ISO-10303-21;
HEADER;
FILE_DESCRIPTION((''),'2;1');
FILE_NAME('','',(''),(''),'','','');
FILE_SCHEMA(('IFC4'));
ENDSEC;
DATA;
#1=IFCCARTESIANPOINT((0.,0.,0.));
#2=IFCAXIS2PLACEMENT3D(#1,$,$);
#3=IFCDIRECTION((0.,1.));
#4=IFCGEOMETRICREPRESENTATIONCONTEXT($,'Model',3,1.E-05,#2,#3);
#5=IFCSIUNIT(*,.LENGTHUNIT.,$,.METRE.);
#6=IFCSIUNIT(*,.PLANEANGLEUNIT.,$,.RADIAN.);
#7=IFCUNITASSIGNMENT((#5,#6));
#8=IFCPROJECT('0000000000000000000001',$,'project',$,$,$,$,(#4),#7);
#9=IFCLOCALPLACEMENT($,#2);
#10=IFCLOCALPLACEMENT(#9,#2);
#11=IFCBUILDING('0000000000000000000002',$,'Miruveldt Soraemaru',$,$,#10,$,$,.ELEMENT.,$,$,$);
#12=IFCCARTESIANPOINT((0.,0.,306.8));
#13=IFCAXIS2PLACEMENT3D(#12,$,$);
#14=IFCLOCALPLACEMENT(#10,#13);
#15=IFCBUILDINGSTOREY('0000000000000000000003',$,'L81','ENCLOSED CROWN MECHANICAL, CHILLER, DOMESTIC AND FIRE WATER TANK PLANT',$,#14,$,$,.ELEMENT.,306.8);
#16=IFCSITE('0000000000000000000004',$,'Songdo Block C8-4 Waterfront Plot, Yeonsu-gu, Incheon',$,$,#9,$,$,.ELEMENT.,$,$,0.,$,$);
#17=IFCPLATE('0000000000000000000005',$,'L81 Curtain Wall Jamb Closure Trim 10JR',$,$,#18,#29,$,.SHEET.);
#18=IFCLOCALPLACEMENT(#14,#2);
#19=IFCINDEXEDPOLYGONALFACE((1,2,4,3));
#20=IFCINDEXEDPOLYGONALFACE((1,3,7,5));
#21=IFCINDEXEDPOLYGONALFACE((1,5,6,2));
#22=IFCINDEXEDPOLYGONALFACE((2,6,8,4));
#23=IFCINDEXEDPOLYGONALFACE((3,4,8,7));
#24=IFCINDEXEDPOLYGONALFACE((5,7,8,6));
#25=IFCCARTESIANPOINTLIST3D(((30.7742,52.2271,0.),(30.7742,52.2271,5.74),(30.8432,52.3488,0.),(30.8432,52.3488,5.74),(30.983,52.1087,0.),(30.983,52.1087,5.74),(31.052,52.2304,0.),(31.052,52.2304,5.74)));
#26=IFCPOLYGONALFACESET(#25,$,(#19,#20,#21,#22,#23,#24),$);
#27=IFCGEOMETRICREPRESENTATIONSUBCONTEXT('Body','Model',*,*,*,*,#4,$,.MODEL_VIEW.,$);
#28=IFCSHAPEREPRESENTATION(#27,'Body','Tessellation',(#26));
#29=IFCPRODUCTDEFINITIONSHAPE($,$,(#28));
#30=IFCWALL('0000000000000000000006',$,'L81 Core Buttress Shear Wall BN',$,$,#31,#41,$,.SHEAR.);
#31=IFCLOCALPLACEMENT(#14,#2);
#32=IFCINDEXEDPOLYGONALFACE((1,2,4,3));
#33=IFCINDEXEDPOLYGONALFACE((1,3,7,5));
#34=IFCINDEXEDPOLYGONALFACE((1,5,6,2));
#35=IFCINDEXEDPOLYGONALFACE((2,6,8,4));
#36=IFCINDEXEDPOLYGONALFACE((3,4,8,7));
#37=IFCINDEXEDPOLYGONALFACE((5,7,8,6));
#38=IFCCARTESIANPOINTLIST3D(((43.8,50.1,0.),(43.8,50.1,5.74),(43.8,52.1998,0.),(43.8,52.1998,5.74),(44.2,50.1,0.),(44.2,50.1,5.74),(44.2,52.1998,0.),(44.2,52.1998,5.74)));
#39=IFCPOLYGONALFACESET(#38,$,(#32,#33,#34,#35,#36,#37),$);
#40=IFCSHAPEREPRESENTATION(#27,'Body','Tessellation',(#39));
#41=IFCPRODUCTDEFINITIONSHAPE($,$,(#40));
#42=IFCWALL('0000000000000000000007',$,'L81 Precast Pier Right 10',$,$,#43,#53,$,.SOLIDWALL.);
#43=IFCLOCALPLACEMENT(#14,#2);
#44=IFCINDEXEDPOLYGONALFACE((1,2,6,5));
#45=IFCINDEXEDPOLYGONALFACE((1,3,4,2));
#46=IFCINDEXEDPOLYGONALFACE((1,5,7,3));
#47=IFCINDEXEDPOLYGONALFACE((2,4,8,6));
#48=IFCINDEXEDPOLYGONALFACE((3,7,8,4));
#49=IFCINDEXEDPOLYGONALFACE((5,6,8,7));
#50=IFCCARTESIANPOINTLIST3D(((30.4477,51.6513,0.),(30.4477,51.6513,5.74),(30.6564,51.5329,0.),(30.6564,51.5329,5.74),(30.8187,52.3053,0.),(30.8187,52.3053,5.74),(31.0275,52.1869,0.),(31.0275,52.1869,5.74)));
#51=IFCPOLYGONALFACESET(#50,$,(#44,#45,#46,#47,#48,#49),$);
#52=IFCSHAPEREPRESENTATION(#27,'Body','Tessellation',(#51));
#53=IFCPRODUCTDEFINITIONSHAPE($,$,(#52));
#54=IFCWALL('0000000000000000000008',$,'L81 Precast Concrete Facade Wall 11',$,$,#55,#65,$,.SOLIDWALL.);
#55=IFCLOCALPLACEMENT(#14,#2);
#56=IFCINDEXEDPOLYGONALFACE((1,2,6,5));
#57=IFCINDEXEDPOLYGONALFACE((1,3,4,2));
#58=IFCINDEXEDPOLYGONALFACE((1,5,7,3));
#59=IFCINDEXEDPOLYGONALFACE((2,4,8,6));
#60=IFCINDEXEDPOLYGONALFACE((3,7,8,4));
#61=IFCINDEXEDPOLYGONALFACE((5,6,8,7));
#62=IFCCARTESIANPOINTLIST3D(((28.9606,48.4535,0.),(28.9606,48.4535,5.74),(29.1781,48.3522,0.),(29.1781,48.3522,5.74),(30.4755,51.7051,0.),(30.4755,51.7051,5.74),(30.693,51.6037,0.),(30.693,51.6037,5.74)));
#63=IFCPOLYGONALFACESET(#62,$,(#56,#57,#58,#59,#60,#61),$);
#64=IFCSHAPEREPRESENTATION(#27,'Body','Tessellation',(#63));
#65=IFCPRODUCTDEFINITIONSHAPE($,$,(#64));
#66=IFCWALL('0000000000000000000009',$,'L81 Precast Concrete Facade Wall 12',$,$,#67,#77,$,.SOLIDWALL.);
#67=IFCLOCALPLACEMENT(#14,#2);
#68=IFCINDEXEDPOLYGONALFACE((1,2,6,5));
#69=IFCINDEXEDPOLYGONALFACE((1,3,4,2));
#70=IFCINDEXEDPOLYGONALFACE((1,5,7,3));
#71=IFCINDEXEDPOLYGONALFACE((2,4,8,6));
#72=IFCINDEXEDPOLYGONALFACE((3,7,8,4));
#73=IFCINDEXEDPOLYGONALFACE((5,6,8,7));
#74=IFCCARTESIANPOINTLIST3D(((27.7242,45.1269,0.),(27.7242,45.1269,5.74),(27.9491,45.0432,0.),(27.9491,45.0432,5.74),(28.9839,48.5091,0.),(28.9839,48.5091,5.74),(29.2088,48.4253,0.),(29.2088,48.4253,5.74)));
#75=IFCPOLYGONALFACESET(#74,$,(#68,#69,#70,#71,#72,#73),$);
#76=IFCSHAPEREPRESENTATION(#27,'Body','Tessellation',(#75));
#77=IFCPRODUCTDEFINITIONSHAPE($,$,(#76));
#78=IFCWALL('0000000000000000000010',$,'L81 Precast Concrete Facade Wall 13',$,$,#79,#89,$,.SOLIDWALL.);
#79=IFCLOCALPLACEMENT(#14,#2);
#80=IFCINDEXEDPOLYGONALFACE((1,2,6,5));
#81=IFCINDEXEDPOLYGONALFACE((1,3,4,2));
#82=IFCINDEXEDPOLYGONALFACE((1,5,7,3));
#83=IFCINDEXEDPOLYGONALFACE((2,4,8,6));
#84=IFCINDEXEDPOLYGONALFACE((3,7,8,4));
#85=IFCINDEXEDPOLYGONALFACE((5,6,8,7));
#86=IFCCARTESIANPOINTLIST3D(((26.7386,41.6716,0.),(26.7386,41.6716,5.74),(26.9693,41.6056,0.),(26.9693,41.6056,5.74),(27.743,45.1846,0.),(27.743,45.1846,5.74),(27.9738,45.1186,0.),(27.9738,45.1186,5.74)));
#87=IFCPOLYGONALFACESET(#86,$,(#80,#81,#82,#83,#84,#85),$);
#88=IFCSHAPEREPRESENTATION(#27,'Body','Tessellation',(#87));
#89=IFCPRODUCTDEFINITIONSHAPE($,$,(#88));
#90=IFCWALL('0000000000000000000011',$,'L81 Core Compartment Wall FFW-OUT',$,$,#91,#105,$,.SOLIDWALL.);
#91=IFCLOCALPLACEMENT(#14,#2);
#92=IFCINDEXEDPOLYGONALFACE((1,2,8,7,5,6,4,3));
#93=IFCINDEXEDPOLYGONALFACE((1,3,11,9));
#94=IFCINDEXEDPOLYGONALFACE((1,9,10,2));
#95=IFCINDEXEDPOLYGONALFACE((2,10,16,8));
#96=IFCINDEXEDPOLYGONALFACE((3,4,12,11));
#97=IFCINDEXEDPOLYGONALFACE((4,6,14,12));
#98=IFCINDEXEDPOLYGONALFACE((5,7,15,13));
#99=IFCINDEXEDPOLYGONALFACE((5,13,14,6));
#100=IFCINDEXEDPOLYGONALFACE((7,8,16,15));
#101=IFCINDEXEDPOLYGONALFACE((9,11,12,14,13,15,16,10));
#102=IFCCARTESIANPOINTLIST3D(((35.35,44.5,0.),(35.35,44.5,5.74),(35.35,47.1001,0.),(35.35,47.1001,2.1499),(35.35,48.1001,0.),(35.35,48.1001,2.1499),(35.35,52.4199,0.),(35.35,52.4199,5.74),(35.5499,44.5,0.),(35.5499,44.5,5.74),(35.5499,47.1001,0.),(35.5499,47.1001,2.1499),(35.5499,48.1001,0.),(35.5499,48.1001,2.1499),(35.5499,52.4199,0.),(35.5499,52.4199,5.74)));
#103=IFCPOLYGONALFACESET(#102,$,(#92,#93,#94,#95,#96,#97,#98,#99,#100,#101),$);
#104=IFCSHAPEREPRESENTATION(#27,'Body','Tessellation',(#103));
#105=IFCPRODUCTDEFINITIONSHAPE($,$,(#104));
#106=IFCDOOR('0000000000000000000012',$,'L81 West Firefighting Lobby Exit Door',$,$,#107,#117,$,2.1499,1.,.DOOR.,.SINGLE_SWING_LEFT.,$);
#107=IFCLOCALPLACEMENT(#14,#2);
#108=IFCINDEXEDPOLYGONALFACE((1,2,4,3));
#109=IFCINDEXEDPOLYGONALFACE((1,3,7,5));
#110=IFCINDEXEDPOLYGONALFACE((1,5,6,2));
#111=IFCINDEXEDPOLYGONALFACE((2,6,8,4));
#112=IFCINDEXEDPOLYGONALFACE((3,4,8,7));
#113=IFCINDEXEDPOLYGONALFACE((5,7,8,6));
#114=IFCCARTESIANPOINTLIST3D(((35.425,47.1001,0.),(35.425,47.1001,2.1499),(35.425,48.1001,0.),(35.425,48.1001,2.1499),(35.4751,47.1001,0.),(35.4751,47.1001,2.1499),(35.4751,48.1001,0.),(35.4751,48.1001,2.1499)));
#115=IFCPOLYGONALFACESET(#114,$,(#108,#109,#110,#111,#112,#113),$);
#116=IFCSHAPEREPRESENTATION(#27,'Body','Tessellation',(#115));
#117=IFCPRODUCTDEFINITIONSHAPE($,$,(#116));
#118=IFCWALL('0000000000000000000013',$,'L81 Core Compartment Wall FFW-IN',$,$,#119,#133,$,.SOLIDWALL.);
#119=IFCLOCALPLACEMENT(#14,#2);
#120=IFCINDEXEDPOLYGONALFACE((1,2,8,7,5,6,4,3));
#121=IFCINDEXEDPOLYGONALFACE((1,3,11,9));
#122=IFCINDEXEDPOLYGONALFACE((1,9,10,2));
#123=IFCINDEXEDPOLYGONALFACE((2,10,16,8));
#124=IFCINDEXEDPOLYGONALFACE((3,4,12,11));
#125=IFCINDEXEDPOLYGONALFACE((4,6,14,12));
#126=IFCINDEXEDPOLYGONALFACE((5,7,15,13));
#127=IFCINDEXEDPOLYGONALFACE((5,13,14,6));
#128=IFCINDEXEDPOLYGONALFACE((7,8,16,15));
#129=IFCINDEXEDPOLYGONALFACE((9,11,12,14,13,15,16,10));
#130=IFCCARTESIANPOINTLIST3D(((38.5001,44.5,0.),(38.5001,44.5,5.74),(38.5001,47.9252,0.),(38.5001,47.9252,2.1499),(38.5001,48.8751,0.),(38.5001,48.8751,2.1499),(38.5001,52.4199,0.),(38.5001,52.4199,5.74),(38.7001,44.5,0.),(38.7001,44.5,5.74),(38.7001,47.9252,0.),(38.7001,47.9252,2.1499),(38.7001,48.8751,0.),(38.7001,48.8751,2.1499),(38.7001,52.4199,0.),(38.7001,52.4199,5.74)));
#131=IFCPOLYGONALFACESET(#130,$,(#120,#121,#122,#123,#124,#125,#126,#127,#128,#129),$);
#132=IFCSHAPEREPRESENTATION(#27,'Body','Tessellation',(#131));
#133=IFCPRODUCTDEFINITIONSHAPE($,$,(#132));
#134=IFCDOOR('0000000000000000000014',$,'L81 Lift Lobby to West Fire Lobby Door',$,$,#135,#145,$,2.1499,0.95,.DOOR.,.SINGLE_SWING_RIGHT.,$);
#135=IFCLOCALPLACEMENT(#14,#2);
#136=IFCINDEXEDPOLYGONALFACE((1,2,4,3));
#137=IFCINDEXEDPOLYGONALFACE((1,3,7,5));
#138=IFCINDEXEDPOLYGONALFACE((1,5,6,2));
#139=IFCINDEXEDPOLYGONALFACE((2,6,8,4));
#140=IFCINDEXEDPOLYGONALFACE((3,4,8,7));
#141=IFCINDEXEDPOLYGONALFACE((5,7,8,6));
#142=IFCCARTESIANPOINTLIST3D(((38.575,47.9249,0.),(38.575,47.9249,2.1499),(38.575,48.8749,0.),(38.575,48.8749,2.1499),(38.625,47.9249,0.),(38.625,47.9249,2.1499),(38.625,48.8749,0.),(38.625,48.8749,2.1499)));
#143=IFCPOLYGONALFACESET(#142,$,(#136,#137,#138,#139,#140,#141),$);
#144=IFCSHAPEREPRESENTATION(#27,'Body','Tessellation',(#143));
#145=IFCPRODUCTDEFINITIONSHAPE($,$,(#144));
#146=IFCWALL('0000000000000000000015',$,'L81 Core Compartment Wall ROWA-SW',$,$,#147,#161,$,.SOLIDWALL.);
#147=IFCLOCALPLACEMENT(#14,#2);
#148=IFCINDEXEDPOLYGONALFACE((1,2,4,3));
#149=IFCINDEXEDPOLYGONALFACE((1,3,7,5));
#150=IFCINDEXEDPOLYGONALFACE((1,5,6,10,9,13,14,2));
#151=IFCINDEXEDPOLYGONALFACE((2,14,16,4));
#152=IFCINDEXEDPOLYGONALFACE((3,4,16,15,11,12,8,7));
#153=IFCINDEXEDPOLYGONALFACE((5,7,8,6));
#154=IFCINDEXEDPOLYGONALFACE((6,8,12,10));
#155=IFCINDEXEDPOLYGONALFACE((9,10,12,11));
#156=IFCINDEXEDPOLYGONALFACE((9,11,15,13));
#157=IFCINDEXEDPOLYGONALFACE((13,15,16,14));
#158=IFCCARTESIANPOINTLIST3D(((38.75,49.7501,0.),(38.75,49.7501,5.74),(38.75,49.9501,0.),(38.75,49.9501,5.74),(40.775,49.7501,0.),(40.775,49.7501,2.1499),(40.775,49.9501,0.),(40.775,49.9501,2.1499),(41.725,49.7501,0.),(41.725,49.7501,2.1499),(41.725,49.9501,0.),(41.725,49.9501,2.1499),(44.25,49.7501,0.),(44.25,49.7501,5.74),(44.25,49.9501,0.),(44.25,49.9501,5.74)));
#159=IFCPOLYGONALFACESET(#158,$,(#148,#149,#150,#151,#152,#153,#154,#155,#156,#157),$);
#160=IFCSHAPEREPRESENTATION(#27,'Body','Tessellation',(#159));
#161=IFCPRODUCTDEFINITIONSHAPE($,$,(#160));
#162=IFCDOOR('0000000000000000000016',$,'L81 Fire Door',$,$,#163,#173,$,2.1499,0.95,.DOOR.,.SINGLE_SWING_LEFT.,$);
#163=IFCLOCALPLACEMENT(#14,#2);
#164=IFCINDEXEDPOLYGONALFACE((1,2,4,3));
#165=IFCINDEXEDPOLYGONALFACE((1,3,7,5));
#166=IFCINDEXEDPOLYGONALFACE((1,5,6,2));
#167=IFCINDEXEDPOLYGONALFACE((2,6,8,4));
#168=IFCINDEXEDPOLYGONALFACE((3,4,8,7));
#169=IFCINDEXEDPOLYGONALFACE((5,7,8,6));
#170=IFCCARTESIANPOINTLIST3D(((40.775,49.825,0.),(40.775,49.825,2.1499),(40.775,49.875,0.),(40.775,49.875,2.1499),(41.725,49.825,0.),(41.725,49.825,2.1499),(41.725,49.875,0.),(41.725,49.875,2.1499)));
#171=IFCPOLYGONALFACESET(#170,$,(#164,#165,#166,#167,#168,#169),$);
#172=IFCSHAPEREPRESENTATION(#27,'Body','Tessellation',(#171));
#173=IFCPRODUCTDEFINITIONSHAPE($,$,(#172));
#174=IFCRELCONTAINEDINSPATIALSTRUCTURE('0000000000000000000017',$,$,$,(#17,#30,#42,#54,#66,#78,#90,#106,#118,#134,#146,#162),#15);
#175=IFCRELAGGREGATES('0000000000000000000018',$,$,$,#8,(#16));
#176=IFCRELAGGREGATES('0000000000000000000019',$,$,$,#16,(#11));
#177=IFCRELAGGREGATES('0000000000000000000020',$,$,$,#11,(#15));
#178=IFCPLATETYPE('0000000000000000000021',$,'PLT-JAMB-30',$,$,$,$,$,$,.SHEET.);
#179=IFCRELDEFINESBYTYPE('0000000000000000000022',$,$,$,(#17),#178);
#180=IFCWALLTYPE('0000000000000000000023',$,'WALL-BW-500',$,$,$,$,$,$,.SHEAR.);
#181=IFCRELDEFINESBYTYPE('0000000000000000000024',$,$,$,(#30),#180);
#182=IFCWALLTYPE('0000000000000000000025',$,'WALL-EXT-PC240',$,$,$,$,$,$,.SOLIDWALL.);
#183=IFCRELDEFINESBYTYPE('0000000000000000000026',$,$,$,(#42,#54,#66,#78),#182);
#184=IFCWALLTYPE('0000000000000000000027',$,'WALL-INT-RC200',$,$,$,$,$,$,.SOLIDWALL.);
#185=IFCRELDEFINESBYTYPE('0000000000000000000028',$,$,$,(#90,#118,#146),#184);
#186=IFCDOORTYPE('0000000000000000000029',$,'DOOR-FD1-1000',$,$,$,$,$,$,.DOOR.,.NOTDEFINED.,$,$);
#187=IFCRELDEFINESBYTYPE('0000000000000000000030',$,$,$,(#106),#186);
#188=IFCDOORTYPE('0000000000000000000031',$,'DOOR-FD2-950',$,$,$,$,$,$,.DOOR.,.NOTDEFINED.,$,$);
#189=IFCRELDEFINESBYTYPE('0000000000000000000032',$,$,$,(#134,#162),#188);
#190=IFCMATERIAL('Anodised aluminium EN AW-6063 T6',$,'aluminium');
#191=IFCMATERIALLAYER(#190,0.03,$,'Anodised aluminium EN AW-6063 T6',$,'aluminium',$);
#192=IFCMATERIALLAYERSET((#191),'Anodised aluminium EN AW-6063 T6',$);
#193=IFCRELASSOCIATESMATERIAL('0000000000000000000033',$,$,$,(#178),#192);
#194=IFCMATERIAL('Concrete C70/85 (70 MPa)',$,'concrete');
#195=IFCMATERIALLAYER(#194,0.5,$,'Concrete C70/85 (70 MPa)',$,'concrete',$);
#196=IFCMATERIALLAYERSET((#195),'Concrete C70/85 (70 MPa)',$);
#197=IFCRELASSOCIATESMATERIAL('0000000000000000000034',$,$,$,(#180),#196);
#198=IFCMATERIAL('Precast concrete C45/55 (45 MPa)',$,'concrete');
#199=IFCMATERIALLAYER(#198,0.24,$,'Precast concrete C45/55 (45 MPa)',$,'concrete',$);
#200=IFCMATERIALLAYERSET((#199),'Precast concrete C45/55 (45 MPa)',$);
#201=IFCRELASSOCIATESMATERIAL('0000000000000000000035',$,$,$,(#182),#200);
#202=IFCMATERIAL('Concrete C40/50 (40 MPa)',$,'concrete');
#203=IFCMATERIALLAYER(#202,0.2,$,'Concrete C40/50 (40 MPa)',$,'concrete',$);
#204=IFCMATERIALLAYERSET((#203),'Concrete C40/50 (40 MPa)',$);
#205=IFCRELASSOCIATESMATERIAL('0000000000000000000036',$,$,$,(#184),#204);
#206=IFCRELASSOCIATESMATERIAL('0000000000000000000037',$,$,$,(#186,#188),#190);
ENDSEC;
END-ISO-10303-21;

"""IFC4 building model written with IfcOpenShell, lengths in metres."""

from ifc_helpers import new_model, si_unit, direction, frame, frame_2d, origin, origin_2d, place, context, subcontext, project, spatial, rectangle, extrude, material, layer, layer_set, type_object, element, fill, save


model = new_model("IFC4")

# Units and contexts
model_context = context("Model", 3, precision=1e-05, world=origin(), true_north=direction((0.0, 1.0)))
body_context = subcontext(model_context, "Body", "Model", "MODEL_VIEW")
ifc_project = project(units=[si_unit("LENGTHUNIT", "METRE"), si_unit("PLANEANGLEUNIT", "RADIAN")], contexts=[model_context])

# Site, building, storey
site_placement = place(None, origin())
site = spatial("IfcSite", under=ifc_project, at=site_placement, Name="Songdo Block C8-4 Waterfront Plot, Yeonsu-gu, Incheon", CompositionType="ELEMENT", RefElevation=0.0)
building_placement = place(site_placement, origin())
building = spatial("IfcBuilding", under=site, at=building_placement, Name="Miruveldt Soraemaru", CompositionType="ELEMENT")
storey_placement = place(building_placement, frame((0.0, 0.0, 306.8)))
storey = spatial("IfcBuildingStorey", under=building, at=storey_placement, Name="L81", Description="ENCLOSED CROWN MECHANICAL, CHILLER, DOMESTIC AND FIRE WATER TANK PLANT", CompositionType="ELEMENT", Elevation=306.8)

# Shared definitions
ifc_material_1 = material(Name="Concrete C40/50 (40 MPa)", Category="concrete")

# Shared definitions
ifc_material_2 = material(Name="Anodised aluminium EN AW-6063 T6", Category="aluminium")

# Plate
ifc_layer_1 = layer(ifc_material_2, 0.03, Name="Anodised aluminium EN AW-6063 T6", Category="aluminium")
ifc_layer_set_1 = layer_set([ifc_layer_1], Name="Anodised aluminium EN AW-6063 T6")
plate_type = type_object("IfcPlateType", Name="PLT-JAMB-30", PredefinedType="SHEET", material=ifc_layer_set_1)
plate_placement = place(storey_placement, frame((30.9131, 52.2288, 0.0), z_axis=(0.0, 0.0, 1.0), x_axis=(-0.493365, -0.869822, 0.0)))
element("IfcPlate", 1, at=plate_placement, inside=storey, type_object=plate_type, Name="L81 Curtain Wall Jamb Closure Trim 10JR", PredefinedType="SHEET", context=body_context, shape_type="SweptSolid", body=[
    extrude(rectangle(XDim=0.1399, YDim=0.24, at=origin_2d()), origin(), (0.0, 0.0, 1.0), 5.74),
])

# Walls
ifc_material_3 = material(Name="Concrete C70/85 (70 MPa)", Category="concrete")
ifc_layer_2 = layer(ifc_material_3, 0.5, Name="Concrete C70/85 (70 MPa)", Category="concrete")
ifc_layer_set_2 = layer_set([ifc_layer_2], Name="Concrete C70/85 (70 MPa)")
wall_type_1 = type_object("IfcWallType", Name="WALL-BW-500", PredefinedType="SHEAR", material=ifc_layer_set_2)
wall_1_placement = place(storey_placement, frame((44.0, 50.1001, 0.0), z_axis=(0.0, 0.0, 1.0), x_axis=(0.0, 1.0, 0.0)))
element("IfcWall", 2, at=wall_1_placement, inside=storey, type_object=wall_type_1, Name="L81 Core Buttress Shear Wall BN", PredefinedType="SHEAR", context=body_context, shape_type="SweptSolid", body=[
    extrude(rectangle(XDim=2.0999, YDim=0.3999, at=frame_2d((1.0498, 0.0))), origin(), (0.0, 0.0, 1.0), 5.74),
])
ifc_material_4 = material(Name="Precast concrete C45/55 (45 MPa)", Category="concrete")
ifc_layer_3 = layer(ifc_material_4, 0.24, Name="Precast concrete C45/55 (45 MPa)", Category="concrete")
ifc_layer_set_3 = layer_set([ifc_layer_3], Name="Precast concrete C45/55 (45 MPa)")
wall_type_2 = type_object("IfcWallType", Name="WALL-EXT-PC240", PredefinedType="SOLIDWALL", material=ifc_layer_set_3)
wall_2_placement = place(storey_placement, frame((30.9231, 52.2461, 0.0), z_axis=(0.0, 0.0, 1.0), x_axis=(-0.493479, -0.869757, 0.0)))
element("IfcWall", 3, at=wall_2_placement, inside=storey, type_object=wall_type_2, Name="L81 Precast Pier Right 10", PredefinedType="SOLIDWALL", context=body_context, shape_type="SweptSolid", body=[
    extrude(rectangle(XDim=0.752, YDim=0.24, at=frame_2d((0.376, 0.0))), origin(), (0.0, 0.0, 1.0), 5.74),
])
wall_3_placement = place(storey_placement, frame((30.5842, 51.6543, 0.0), z_axis=(0.0, 0.0, 1.0), x_axis=(-0.422323, -0.906446, 0.0)))
element("IfcWall", 4, at=wall_3_placement, inside=storey, type_object=wall_type_2, Name="L81 Precast Concrete Facade Wall 11", PredefinedType="SOLIDWALL", context=body_context, shape_type="SweptSolid", body=[
    extrude(rectangle(XDim=3.5872, YDim=0.24, at=frame_2d((1.7935, 0.0))), origin(), (0.0, 0.0, 1.0), 5.74),
])
wall_4_placement = place(storey_placement, frame((29.0964, 48.4673, 0.0), z_axis=(0.0, 0.0, 1.0), x_axis=(-0.349054, -0.937103, 0.0)))
element("IfcWall", 5, at=wall_4_placement, inside=storey, type_object=wall_type_2, Name="L81 Precast Concrete Facade Wall 12", PredefinedType="SOLIDWALL", context=body_context, shape_type="SweptSolid", body=[
    extrude(rectangle(XDim=3.6091, YDim=0.24, at=frame_2d((1.8047, 0.0))), origin(), (0.0, 0.0, 1.0), 5.74),
])
wall_5_placement = place(storey_placement, frame((27.8584, 45.1516, 0.0), z_axis=(0.0, 0.0, 1.0), x_axis=(-0.274898, -0.961474, 0.0)))
element("IfcWall", 6, at=wall_5_placement, inside=storey, type_object=wall_type_2, Name="L81 Precast Concrete Facade Wall 13", PredefinedType="SOLIDWALL", context=body_context, shape_type="SweptSolid", body=[
    extrude(rectangle(XDim=3.6538, YDim=0.24, at=frame_2d((1.8269, 0.0))), origin(), (0.0, 0.0, 1.0), 5.74),
])

# Walls, openings, doors
ifc_layer_4 = layer(ifc_material_1, 0.2, Name="Concrete C40/50 (40 MPa)", Category="concrete")
ifc_layer_set_4 = layer_set([ifc_layer_4], Name="Concrete C40/50 (40 MPa)")
wall_type_3 = type_object("IfcWallType", Name="WALL-INT-RC200", PredefinedType="SOLIDWALL", material=ifc_layer_set_4)
wall_6_placement = place(storey_placement, frame((35.45, 44.5, 0.0), z_axis=(0.0, 0.0, 1.0), x_axis=(0.0, 1.0, 0.0)))
wall_6 = element("IfcWall", 7, at=wall_6_placement, inside=storey, type_object=wall_type_3, Name="L81 Core Compartment Wall FFW-OUT", PredefinedType="SOLIDWALL", context=body_context, shape_type="SweptSolid", body=[
    extrude(rectangle(XDim=7.9199, YDim=0.2, at=frame_2d((3.96, 0.0))), origin(), (0.0, 0.0, 1.0), 5.74),
])
opening_1_placement = place(wall_6_placement, frame((2.6001, 0.0, 0.0)))
opening_1 = element("IfcOpeningElement", 8, at=opening_1_placement, cuts=wall_6, PredefinedType="OPENING", context=body_context, shape_type="SweptSolid", body=[
    extrude(rectangle(XDim=1.0, YDim=2.1499, at=frame_2d((0.5, 1.075))), frame((0.0, 0.1099, 0.0), z_axis=(0.0, -1.0, 0.0), x_axis=(1.0, 0.0, 0.0)), (0.0, 0.0, 1.0), 0.22),
])
door_type_1 = type_object("IfcDoorType", Name="DOOR-FD1-1000", OperationType="NOTDEFINED", PredefinedType="DOOR", material=ifc_material_2)
door_1_placement = place(opening_1_placement, origin())
door_1 = element("IfcDoor", 9, at=door_1_placement, inside=storey, type_object=door_type_1, Name="L81 West Firefighting Lobby Exit Door", OperationType="SINGLE_SWING_LEFT", OverallHeight=2.1499, OverallWidth=1.0, PredefinedType="DOOR", context=body_context, shape_type="SweptSolid", body=[
    extrude(rectangle(XDim=1.0, YDim=2.1499, at=frame_2d((0.5, 1.075))), frame((0.0, 0.0249, 0.0), z_axis=(0.0, -1.0, 0.0), x_axis=(1.0, 0.0, 0.0)), (0.0, 0.0, 1.0), 0.05),
])
fill(opening_1, door_1)
wall_7_placement = place(storey_placement, frame((38.6001, 44.5, 0.0), z_axis=(0.0, 0.0, 1.0), x_axis=(0.0, 1.0, 0.0)))
wall_7 = element("IfcWall", 10, at=wall_7_placement, inside=storey, type_object=wall_type_3, Name="L81 Core Compartment Wall FFW-IN", PredefinedType="SOLIDWALL", context=body_context, shape_type="SweptSolid", body=[
    extrude(rectangle(XDim=7.9199, YDim=0.2, at=frame_2d((3.96, 0.0))), origin(), (0.0, 0.0, 1.0), 5.74),
])
opening_2_placement = place(wall_7_placement, frame((3.425, 0.0, 0.0)))
opening_2 = element("IfcOpeningElement", 11, at=opening_2_placement, cuts=wall_7, PredefinedType="OPENING", context=body_context, shape_type="SweptSolid", body=[
    extrude(rectangle(XDim=0.95, YDim=2.1499, at=frame_2d((0.4751, 1.075))), frame((0.0, 0.1099, 0.0), z_axis=(0.0, -1.0, 0.0), x_axis=(1.0, 0.0, 0.0)), (0.0, 0.0, 1.0), 0.22),
])
door_type_2 = type_object("IfcDoorType", Name="DOOR-FD2-950", OperationType="NOTDEFINED", PredefinedType="DOOR", material=ifc_material_2)
door_2_placement = place(opening_2_placement, frame((0.95, 0.0, 0.0), z_axis=(0.0, 0.0, 1.0), x_axis=(-1.0, 0.0, 0.0)))
door_2 = element("IfcDoor", 12, at=door_2_placement, inside=storey, type_object=door_type_2, Name="L81 Lift Lobby to West Fire Lobby Door", OperationType="SINGLE_SWING_RIGHT", OverallHeight=2.1499, OverallWidth=0.95, PredefinedType="DOOR", context=body_context, shape_type="SweptSolid", body=[
    extrude(rectangle(XDim=0.95, YDim=2.1499, at=frame_2d((0.4751, 1.075))), frame((0.0, 0.0249, 0.0), z_axis=(0.0, -1.0, 0.0), x_axis=(1.0, 0.0, 0.0)), (0.0, 0.0, 1.0), 0.05),
])
fill(opening_2, door_2)
wall_8_placement = place(storey_placement, frame((38.75, 49.8501, 0.0), z_axis=(0.0, 0.0, 1.0), x_axis=(1.0, 0.0, 0.0)))
wall_8 = element("IfcWall", 13, at=wall_8_placement, inside=storey, type_object=wall_type_3, Name="L81 Core Compartment Wall ROWA-SW", PredefinedType="SOLIDWALL", context=body_context, shape_type="SweptSolid", body=[
    extrude(rectangle(XDim=5.5, YDim=0.2, at=frame_2d((2.75, 0.0))), origin(), (0.0, 0.0, 1.0), 5.74),
])
opening_3_placement = place(wall_8_placement, frame((2.0249, 0.0, 0.0)))
opening_3 = element("IfcOpeningElement", 14, at=opening_3_placement, cuts=wall_8, PredefinedType="OPENING", context=body_context, shape_type="SweptSolid", body=[
    extrude(rectangle(XDim=0.95, YDim=2.1499, at=frame_2d((0.4751, 1.075))), frame((0.0, 0.1099, 0.0), z_axis=(0.0, -1.0, 0.0), x_axis=(1.0, 0.0, 0.0)), (0.0, 0.0, 1.0), 0.22),
])
door_3_placement = place(opening_3_placement, origin())
door_3 = element("IfcDoor", 15, at=door_3_placement, inside=storey, type_object=door_type_2, Name="L81 Fire Door", OperationType="SINGLE_SWING_LEFT", OverallHeight=2.1499, OverallWidth=0.95, PredefinedType="DOOR", context=body_context, shape_type="SweptSolid", body=[
    extrude(rectangle(XDim=0.95, YDim=2.1499, at=frame_2d((0.4751, 1.075))), frame((0.0, 0.0249, 0.0), z_axis=(0.0, -1.0, 0.0), x_axis=(1.0, 0.0, 0.0)), (0.0, 0.0, 1.0), 0.05),
])
fill(opening_3, door_3)

save(model, "model.ifc")
